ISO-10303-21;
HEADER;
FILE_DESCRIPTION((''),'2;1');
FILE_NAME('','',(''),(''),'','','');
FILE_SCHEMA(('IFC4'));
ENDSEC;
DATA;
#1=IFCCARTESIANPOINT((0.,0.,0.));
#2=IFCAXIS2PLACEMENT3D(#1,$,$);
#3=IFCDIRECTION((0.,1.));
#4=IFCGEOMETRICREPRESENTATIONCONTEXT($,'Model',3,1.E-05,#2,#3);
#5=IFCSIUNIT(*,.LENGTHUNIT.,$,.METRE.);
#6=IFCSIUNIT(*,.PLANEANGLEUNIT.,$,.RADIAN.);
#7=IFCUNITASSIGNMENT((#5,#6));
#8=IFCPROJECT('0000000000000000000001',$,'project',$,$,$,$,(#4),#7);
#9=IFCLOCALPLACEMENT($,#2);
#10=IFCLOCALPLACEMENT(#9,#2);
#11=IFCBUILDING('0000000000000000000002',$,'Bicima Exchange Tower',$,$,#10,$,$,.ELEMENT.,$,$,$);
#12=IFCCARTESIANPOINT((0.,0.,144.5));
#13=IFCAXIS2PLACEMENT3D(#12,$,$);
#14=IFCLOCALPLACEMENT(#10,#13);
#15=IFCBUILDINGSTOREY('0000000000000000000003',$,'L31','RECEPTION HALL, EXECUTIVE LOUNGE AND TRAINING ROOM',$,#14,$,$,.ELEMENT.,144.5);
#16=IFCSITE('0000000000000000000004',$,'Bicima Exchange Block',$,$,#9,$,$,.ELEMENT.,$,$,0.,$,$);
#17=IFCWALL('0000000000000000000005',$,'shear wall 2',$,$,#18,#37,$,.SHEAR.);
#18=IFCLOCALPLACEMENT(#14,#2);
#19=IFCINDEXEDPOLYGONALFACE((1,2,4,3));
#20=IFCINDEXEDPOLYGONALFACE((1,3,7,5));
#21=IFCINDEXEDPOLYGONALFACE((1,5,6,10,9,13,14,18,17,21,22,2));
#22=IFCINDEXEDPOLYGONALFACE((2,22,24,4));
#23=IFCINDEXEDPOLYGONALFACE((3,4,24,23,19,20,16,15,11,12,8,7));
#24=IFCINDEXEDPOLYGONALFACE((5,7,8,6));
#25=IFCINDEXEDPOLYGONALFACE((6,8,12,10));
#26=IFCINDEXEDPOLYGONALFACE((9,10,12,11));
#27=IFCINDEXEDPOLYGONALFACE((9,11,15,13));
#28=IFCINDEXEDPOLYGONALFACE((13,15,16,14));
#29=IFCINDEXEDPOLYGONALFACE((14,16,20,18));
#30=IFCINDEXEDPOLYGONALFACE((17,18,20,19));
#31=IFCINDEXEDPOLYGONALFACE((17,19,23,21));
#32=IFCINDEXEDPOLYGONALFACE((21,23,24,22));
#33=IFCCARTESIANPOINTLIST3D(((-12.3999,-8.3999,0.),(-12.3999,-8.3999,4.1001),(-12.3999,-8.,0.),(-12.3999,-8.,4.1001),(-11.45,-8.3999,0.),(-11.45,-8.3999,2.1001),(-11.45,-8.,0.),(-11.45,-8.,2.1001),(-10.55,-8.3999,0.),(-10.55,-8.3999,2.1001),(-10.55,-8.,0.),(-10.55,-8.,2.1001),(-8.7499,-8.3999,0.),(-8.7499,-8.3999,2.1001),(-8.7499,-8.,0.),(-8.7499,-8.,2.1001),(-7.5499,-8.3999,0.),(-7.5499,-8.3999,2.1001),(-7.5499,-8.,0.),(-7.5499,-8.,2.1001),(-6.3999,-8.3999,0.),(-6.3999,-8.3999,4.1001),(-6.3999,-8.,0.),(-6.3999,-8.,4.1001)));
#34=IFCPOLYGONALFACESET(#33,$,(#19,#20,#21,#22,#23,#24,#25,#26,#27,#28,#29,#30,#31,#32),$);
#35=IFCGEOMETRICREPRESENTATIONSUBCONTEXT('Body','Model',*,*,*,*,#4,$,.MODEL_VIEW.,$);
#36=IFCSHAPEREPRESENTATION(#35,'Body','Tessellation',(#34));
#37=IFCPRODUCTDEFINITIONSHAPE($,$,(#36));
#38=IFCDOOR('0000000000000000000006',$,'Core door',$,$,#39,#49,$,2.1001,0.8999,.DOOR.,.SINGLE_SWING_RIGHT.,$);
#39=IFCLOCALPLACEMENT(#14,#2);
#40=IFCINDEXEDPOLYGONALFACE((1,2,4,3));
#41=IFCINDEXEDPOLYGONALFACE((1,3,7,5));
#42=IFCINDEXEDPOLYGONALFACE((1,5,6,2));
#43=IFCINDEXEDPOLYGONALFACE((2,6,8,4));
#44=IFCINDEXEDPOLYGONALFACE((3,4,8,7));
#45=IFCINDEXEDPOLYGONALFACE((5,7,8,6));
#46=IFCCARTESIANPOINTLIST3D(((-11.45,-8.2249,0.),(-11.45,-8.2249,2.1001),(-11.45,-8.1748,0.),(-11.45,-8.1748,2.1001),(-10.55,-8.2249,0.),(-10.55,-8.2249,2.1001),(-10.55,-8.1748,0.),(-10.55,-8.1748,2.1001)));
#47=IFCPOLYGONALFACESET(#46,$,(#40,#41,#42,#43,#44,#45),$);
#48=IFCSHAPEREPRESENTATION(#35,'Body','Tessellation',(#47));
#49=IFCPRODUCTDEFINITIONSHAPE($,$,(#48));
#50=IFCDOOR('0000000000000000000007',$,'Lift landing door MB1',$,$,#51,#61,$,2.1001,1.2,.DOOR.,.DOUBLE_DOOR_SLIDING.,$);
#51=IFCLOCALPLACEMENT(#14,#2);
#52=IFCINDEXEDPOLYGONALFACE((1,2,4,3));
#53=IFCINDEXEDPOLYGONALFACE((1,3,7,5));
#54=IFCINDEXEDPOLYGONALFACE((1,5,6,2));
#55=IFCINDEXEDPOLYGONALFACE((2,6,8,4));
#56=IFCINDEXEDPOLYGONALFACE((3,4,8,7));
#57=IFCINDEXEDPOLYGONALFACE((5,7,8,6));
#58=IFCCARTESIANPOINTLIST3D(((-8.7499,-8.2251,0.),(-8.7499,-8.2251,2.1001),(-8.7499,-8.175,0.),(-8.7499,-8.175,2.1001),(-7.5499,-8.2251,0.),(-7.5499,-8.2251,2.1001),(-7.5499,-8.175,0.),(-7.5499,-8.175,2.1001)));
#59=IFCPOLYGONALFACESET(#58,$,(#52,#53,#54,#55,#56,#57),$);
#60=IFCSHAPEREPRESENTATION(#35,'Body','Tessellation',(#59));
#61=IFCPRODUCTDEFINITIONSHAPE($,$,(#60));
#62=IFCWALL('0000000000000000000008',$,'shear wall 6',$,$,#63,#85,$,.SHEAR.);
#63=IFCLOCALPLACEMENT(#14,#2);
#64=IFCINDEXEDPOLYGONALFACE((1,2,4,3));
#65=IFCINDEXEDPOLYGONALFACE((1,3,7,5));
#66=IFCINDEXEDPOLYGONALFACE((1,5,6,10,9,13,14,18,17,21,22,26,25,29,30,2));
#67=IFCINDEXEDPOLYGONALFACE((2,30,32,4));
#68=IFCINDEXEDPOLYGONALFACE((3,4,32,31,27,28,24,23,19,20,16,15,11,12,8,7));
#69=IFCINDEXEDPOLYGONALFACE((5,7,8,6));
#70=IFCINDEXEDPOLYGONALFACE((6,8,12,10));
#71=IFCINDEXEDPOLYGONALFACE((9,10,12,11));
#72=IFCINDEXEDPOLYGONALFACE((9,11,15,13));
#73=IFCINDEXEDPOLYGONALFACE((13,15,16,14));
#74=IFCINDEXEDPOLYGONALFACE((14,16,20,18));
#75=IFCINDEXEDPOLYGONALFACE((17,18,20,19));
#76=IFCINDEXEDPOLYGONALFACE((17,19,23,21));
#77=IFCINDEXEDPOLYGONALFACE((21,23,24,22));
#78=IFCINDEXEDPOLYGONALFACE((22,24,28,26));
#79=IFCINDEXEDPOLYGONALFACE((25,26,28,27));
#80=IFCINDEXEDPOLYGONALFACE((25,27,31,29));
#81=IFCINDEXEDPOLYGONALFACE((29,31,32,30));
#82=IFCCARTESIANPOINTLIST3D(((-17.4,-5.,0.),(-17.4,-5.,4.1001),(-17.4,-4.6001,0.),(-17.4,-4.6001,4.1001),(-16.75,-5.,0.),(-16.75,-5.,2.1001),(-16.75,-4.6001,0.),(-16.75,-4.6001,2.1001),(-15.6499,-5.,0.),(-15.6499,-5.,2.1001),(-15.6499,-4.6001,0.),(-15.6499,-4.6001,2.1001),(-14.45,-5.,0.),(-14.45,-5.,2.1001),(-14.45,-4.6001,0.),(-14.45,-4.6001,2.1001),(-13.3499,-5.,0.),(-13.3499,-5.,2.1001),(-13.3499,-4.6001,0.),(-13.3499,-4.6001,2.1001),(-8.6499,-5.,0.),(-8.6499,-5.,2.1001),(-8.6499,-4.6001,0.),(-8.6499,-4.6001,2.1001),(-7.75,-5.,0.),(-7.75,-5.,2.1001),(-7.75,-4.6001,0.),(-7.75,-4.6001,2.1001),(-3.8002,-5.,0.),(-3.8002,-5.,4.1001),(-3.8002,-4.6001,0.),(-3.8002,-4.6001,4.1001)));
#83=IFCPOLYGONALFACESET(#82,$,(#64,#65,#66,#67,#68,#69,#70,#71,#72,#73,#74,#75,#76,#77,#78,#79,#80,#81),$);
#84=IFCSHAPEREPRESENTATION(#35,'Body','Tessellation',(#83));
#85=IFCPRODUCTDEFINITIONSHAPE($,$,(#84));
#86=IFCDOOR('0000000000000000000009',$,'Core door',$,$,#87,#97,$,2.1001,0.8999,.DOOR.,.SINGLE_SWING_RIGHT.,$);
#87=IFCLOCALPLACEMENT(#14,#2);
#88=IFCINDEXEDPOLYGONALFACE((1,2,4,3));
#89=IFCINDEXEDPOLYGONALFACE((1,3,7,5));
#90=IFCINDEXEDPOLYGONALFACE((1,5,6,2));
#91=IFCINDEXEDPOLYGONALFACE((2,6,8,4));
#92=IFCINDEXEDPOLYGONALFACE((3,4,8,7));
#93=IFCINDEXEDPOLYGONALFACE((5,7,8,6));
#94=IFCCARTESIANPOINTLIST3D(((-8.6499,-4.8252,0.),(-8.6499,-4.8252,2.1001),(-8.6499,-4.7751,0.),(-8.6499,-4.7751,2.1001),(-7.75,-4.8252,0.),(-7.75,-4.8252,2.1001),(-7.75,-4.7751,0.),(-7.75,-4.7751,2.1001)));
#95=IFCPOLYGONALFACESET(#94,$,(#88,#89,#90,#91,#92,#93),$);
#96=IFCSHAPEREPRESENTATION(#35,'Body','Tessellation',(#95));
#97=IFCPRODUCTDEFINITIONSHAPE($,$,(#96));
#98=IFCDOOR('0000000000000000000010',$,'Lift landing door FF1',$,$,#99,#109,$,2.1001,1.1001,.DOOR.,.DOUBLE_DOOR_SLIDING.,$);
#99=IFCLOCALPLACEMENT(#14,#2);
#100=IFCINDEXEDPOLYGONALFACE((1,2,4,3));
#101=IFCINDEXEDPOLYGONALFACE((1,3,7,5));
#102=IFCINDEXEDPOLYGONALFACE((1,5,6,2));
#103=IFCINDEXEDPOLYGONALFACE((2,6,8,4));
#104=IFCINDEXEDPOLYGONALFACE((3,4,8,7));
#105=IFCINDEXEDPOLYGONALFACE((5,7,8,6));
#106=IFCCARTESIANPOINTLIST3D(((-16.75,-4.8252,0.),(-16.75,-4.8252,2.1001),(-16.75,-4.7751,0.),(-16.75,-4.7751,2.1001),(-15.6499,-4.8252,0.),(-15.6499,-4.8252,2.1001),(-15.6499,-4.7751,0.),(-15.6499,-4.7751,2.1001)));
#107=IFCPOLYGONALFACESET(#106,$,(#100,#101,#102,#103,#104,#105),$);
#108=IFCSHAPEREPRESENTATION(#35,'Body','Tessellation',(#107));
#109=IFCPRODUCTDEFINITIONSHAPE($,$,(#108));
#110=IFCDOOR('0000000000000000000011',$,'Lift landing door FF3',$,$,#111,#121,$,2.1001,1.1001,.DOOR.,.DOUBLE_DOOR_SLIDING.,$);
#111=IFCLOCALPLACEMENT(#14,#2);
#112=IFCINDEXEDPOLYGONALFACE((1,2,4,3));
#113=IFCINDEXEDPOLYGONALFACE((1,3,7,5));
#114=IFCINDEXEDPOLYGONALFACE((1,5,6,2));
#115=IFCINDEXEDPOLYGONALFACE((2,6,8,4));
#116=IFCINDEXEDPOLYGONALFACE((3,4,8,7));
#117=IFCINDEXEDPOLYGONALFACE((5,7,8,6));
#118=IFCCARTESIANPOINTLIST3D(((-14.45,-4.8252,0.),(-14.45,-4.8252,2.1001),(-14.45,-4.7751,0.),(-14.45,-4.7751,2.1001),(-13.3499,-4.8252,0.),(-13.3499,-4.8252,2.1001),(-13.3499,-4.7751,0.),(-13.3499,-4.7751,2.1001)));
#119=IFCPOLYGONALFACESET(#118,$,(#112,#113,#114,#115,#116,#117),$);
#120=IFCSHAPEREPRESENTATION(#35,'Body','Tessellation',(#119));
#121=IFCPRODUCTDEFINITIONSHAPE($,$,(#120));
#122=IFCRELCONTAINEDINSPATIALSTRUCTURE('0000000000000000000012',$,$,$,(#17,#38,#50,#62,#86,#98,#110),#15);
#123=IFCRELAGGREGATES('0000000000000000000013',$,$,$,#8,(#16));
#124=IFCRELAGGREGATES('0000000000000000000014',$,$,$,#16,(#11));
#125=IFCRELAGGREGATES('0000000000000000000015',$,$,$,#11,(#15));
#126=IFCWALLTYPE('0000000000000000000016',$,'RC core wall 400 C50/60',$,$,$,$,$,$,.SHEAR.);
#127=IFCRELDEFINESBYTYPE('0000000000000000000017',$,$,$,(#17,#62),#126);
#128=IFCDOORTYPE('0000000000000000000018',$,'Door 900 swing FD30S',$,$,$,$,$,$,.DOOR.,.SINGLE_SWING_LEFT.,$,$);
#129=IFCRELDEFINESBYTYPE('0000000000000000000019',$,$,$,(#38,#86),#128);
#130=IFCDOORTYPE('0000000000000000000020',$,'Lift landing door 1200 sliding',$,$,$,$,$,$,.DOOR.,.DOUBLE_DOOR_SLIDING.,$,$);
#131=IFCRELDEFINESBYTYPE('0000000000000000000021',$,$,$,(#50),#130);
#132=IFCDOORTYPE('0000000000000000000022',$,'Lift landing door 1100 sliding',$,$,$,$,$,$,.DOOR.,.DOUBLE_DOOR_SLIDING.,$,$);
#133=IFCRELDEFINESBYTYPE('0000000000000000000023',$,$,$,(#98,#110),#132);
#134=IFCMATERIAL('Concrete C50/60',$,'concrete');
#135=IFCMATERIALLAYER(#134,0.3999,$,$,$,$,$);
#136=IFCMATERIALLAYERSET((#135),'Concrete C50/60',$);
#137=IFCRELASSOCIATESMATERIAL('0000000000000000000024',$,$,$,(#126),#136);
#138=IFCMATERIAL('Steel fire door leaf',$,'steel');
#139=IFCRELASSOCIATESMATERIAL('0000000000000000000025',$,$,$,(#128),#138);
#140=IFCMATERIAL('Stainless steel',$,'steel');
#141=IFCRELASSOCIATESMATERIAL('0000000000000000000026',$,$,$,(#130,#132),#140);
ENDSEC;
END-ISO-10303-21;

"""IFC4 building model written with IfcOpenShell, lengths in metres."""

from ifc_helpers import new_model, si_unit, direction, frame, frame_2d, origin, place, context, subcontext, project, spatial, rectangle, extrude, material, layer, layer_set, type_object, element, fill, save


model = new_model("IFC4")

# Units and contexts
model_context = context("Model", 3, precision=1e-05, world=origin(), true_north=direction((0.0, 1.0)))
body_context = subcontext(model_context, "Body", "Model", "MODEL_VIEW")
ifc_project = project(units=[si_unit("LENGTHUNIT", "METRE"), si_unit("PLANEANGLEUNIT", "RADIAN")], contexts=[model_context])

# Site, building, storey
site_placement = place(None, origin())
site = spatial("IfcSite", under=ifc_project, at=site_placement, Name="Bicima Exchange Block", CompositionType="ELEMENT", RefElevation=0.0)
building_placement = place(site_placement, origin())
building = spatial("IfcBuilding", under=site, at=building_placement, Name="Bicima Exchange Tower", CompositionType="ELEMENT")
storey_placement = place(building_placement, frame((0.0, 0.0, 144.5)))
storey = spatial("IfcBuildingStorey", under=building, at=storey_placement, Name="L31", Description="RECEPTION HALL, EXECUTIVE LOUNGE AND TRAINING ROOM", CompositionType="ELEMENT", Elevation=144.5)

# Shared definitions
ifc_material_1 = material(Name="Concrete C50/60", Category="concrete")
ifc_layer_1 = layer(ifc_material_1, 0.3999)
ifc_layer_set_1 = layer_set([ifc_layer_1], Name="Concrete C50/60")
wall_type_1 = type_object("IfcWallType", Name="RC core wall 400 C50/60", PredefinedType="SHEAR", material=ifc_layer_set_1)
ifc_material_2 = material(Name="Steel fire door leaf", Category="steel")

# Walls, openings, doors
wall_1_placement = place(storey_placement, frame((-12.3999, -8.2, 0.0), z_axis=(0.0, 0.0, 1.0), x_axis=(1.0, 0.0, 0.0)))
wall_1 = element("IfcWall", 1, at=wall_1_placement, inside=storey, type_object=wall_type_1, Name="shear wall 2", PredefinedType="SHEAR", context=body_context, shape_type="SweptSolid", body=[
    extrude(rectangle(XDim=6.0, YDim=0.3999, at=frame_2d((3.0, 0.0))), origin(), (0.0, 0.0, 1.0), 4.1001),
])
opening_1_placement = place(wall_1_placement, frame((3.6499, 0.0, 0.0)))
opening_1 = element("IfcOpeningElement", 2, at=opening_1_placement, cuts=wall_1, PredefinedType="OPENING", context=body_context, shape_type="SweptSolid", body=[
    extrude(rectangle(XDim=1.2, YDim=2.1001, at=frame_2d((0.6001, 1.05))), frame((0.0, 0.2119, 0.0), z_axis=(0.0, -1.0, 0.0), x_axis=(1.0, 0.0, 0.0)), (0.0, 0.0, 1.0), 0.4238),
])
opening_2_placement = place(wall_1_placement, frame((0.95, 0.0, 0.0)))
opening_2 = element("IfcOpeningElement", 3, at=opening_2_placement, cuts=wall_1, PredefinedType="OPENING", context=body_context, shape_type="SweptSolid", body=[
    extrude(rectangle(XDim=0.8999, YDim=2.1001, at=frame_2d((0.45, 1.05))), frame((0.0, 0.2119, 0.0), z_axis=(0.0, -1.0, 0.0), x_axis=(1.0, 0.0, 0.0)), (0.0, 0.0, 1.0), 0.4238),
])
door_type_1 = type_object("IfcDoorType", Name="Door 900 swing FD30S", OperationType="SINGLE_SWING_LEFT", PredefinedType="DOOR", material=ifc_material_2)
door_1_placement = place(opening_2_placement, frame((0.8999, 0.0, 0.0), z_axis=(0.0, 0.0, 1.0), x_axis=(-1.0, 0.0, 0.0)))
door_1 = element("IfcDoor", 4, at=door_1_placement, inside=storey, type_object=door_type_1, Name="Core door", OperationType="SINGLE_SWING_RIGHT", OverallHeight=2.1001, OverallWidth=0.8999, PredefinedType="DOOR", context=body_context, shape_type="SweptSolid", body=[
    extrude(rectangle(XDim=0.8999, YDim=2.1001, at=frame_2d((0.45, 1.05))), frame((0.0, 0.0249, 0.0), z_axis=(0.0, -1.0, 0.0), x_axis=(1.0, 0.0, 0.0)), (0.0, 0.0, 1.0), 0.05),
])
fill(opening_2, door_1)
ifc_material_3 = material(Name="Stainless steel", Category="steel")
door_type_2 = type_object("IfcDoorType", Name="Lift landing door 1200 sliding", OperationType="DOUBLE_DOOR_SLIDING", PredefinedType="DOOR", material=ifc_material_3)
door_2_placement = place(opening_1_placement, origin())
door_2 = element("IfcDoor", 5, at=door_2_placement, inside=storey, type_object=door_type_2, Name="Lift landing door MB1", OperationType="DOUBLE_DOOR_SLIDING", OverallHeight=2.1001, OverallWidth=1.2, PredefinedType="DOOR", context=body_context, shape_type="SweptSolid", body=[
    extrude(rectangle(XDim=1.2, YDim=2.1001, at=frame_2d((0.6001, 1.05))), frame((0.0, 0.0249, 0.0), z_axis=(0.0, -1.0, 0.0), x_axis=(1.0, 0.0, 0.0)), (0.0, 0.0, 1.0), 0.05),
])
fill(opening_1, door_2)
wall_2_placement = place(storey_placement, frame((-17.3999, -4.8, 0.0), z_axis=(0.0, 0.0, 1.0), x_axis=(1.0, 0.0, 0.0)))
wall_2 = element("IfcWall", 6, at=wall_2_placement, inside=storey, type_object=wall_type_1, Name="shear wall 6", PredefinedType="SHEAR", context=body_context, shape_type="SweptSolid", body=[
    extrude(rectangle(XDim=13.5999, YDim=0.3999, at=frame_2d((6.7998, 0.0))), origin(), (0.0, 0.0, 1.0), 4.1001),
])
opening_3_placement = place(wall_2_placement, frame((0.6499, 0.0, 0.0)))
opening_3 = element("IfcOpeningElement", 7, at=opening_3_placement, cuts=wall_2, PredefinedType="OPENING", context=body_context, shape_type="SweptSolid", body=[
    extrude(rectangle(XDim=1.1001, YDim=2.1001, at=frame_2d((0.55, 1.05))), frame((0.0, 0.2119, 0.0), z_axis=(0.0, -1.0, 0.0), x_axis=(1.0, 0.0, 0.0)), (0.0, 0.0, 1.0), 0.4238),
])
opening_4_placement = place(wall_2_placement, frame((2.95, 0.0, 0.0)))
opening_4 = element("IfcOpeningElement", 8, at=opening_4_placement, cuts=wall_2, PredefinedType="OPENING", context=body_context, shape_type="SweptSolid", body=[
    extrude(rectangle(XDim=1.1001, YDim=2.1001, at=frame_2d((0.55, 1.05))), frame((0.0, 0.2119, 0.0), z_axis=(0.0, -1.0, 0.0), x_axis=(1.0, 0.0, 0.0)), (0.0, 0.0, 1.0), 0.4238),
])
opening_5_placement = place(wall_2_placement, frame((8.75, 0.0, 0.0)))
opening_5 = element("IfcOpeningElement", 9, at=opening_5_placement, cuts=wall_2, PredefinedType="OPENING", context=body_context, shape_type="SweptSolid", body=[
    extrude(rectangle(XDim=0.8999, YDim=2.1001, at=frame_2d((0.45, 1.05))), frame((0.0, 0.2119, 0.0), z_axis=(0.0, -1.0, 0.0), x_axis=(1.0, 0.0, 0.0)), (0.0, 0.0, 1.0), 0.4238),
])
door_3_placement = place(opening_5_placement, origin())
door_3 = element("IfcDoor", 10, at=door_3_placement, inside=storey, type_object=door_type_1, Name="Core door", OperationType="SINGLE_SWING_RIGHT", OverallHeight=2.1001, OverallWidth=0.8999, PredefinedType="DOOR", context=body_context, shape_type="SweptSolid", body=[
    extrude(rectangle(XDim=0.8999, YDim=2.1001, at=frame_2d((0.45, 1.05))), frame((0.0, 0.0249, 0.0), z_axis=(0.0, -1.0, 0.0), x_axis=(1.0, 0.0, 0.0)), (0.0, 0.0, 1.0), 0.05),
])
fill(opening_5, door_3)
door_type_3 = type_object("IfcDoorType", Name="Lift landing door 1100 sliding", OperationType="DOUBLE_DOOR_SLIDING", PredefinedType="DOOR", material=ifc_material_3)
door_4_placement = place(opening_3_placement, origin())
door_4 = element("IfcDoor", 11, at=door_4_placement, inside=storey, type_object=door_type_3, Name="Lift landing door FF1", OperationType="DOUBLE_DOOR_SLIDING", OverallHeight=2.1001, OverallWidth=1.1001, PredefinedType="DOOR", context=body_context, shape_type="SweptSolid", body=[
    extrude(rectangle(XDim=1.1001, YDim=2.1001, at=frame_2d((0.55, 1.05))), frame((0.0, 0.0249, 0.0), z_axis=(0.0, -1.0, 0.0), x_axis=(1.0, 0.0, 0.0)), (0.0, 0.0, 1.0), 0.05),
])
fill(opening_3, door_4)
door_5_placement = place(opening_4_placement, origin())
door_5 = element("IfcDoor", 12, at=door_5_placement, inside=storey, type_object=door_type_3, Name="Lift landing door FF3", OperationType="DOUBLE_DOOR_SLIDING", OverallHeight=2.1001, OverallWidth=1.1001, PredefinedType="DOOR", context=body_context, shape_type="SweptSolid", body=[
    extrude(rectangle(XDim=1.1001, YDim=2.1001, at=frame_2d((0.55, 1.05))), frame((0.0, 0.0249, 0.0), z_axis=(0.0, -1.0, 0.0), x_axis=(1.0, 0.0, 0.0)), (0.0, 0.0, 1.0), 0.05),
])
fill(opening_4, door_5)

save(model, "model.ifc")
